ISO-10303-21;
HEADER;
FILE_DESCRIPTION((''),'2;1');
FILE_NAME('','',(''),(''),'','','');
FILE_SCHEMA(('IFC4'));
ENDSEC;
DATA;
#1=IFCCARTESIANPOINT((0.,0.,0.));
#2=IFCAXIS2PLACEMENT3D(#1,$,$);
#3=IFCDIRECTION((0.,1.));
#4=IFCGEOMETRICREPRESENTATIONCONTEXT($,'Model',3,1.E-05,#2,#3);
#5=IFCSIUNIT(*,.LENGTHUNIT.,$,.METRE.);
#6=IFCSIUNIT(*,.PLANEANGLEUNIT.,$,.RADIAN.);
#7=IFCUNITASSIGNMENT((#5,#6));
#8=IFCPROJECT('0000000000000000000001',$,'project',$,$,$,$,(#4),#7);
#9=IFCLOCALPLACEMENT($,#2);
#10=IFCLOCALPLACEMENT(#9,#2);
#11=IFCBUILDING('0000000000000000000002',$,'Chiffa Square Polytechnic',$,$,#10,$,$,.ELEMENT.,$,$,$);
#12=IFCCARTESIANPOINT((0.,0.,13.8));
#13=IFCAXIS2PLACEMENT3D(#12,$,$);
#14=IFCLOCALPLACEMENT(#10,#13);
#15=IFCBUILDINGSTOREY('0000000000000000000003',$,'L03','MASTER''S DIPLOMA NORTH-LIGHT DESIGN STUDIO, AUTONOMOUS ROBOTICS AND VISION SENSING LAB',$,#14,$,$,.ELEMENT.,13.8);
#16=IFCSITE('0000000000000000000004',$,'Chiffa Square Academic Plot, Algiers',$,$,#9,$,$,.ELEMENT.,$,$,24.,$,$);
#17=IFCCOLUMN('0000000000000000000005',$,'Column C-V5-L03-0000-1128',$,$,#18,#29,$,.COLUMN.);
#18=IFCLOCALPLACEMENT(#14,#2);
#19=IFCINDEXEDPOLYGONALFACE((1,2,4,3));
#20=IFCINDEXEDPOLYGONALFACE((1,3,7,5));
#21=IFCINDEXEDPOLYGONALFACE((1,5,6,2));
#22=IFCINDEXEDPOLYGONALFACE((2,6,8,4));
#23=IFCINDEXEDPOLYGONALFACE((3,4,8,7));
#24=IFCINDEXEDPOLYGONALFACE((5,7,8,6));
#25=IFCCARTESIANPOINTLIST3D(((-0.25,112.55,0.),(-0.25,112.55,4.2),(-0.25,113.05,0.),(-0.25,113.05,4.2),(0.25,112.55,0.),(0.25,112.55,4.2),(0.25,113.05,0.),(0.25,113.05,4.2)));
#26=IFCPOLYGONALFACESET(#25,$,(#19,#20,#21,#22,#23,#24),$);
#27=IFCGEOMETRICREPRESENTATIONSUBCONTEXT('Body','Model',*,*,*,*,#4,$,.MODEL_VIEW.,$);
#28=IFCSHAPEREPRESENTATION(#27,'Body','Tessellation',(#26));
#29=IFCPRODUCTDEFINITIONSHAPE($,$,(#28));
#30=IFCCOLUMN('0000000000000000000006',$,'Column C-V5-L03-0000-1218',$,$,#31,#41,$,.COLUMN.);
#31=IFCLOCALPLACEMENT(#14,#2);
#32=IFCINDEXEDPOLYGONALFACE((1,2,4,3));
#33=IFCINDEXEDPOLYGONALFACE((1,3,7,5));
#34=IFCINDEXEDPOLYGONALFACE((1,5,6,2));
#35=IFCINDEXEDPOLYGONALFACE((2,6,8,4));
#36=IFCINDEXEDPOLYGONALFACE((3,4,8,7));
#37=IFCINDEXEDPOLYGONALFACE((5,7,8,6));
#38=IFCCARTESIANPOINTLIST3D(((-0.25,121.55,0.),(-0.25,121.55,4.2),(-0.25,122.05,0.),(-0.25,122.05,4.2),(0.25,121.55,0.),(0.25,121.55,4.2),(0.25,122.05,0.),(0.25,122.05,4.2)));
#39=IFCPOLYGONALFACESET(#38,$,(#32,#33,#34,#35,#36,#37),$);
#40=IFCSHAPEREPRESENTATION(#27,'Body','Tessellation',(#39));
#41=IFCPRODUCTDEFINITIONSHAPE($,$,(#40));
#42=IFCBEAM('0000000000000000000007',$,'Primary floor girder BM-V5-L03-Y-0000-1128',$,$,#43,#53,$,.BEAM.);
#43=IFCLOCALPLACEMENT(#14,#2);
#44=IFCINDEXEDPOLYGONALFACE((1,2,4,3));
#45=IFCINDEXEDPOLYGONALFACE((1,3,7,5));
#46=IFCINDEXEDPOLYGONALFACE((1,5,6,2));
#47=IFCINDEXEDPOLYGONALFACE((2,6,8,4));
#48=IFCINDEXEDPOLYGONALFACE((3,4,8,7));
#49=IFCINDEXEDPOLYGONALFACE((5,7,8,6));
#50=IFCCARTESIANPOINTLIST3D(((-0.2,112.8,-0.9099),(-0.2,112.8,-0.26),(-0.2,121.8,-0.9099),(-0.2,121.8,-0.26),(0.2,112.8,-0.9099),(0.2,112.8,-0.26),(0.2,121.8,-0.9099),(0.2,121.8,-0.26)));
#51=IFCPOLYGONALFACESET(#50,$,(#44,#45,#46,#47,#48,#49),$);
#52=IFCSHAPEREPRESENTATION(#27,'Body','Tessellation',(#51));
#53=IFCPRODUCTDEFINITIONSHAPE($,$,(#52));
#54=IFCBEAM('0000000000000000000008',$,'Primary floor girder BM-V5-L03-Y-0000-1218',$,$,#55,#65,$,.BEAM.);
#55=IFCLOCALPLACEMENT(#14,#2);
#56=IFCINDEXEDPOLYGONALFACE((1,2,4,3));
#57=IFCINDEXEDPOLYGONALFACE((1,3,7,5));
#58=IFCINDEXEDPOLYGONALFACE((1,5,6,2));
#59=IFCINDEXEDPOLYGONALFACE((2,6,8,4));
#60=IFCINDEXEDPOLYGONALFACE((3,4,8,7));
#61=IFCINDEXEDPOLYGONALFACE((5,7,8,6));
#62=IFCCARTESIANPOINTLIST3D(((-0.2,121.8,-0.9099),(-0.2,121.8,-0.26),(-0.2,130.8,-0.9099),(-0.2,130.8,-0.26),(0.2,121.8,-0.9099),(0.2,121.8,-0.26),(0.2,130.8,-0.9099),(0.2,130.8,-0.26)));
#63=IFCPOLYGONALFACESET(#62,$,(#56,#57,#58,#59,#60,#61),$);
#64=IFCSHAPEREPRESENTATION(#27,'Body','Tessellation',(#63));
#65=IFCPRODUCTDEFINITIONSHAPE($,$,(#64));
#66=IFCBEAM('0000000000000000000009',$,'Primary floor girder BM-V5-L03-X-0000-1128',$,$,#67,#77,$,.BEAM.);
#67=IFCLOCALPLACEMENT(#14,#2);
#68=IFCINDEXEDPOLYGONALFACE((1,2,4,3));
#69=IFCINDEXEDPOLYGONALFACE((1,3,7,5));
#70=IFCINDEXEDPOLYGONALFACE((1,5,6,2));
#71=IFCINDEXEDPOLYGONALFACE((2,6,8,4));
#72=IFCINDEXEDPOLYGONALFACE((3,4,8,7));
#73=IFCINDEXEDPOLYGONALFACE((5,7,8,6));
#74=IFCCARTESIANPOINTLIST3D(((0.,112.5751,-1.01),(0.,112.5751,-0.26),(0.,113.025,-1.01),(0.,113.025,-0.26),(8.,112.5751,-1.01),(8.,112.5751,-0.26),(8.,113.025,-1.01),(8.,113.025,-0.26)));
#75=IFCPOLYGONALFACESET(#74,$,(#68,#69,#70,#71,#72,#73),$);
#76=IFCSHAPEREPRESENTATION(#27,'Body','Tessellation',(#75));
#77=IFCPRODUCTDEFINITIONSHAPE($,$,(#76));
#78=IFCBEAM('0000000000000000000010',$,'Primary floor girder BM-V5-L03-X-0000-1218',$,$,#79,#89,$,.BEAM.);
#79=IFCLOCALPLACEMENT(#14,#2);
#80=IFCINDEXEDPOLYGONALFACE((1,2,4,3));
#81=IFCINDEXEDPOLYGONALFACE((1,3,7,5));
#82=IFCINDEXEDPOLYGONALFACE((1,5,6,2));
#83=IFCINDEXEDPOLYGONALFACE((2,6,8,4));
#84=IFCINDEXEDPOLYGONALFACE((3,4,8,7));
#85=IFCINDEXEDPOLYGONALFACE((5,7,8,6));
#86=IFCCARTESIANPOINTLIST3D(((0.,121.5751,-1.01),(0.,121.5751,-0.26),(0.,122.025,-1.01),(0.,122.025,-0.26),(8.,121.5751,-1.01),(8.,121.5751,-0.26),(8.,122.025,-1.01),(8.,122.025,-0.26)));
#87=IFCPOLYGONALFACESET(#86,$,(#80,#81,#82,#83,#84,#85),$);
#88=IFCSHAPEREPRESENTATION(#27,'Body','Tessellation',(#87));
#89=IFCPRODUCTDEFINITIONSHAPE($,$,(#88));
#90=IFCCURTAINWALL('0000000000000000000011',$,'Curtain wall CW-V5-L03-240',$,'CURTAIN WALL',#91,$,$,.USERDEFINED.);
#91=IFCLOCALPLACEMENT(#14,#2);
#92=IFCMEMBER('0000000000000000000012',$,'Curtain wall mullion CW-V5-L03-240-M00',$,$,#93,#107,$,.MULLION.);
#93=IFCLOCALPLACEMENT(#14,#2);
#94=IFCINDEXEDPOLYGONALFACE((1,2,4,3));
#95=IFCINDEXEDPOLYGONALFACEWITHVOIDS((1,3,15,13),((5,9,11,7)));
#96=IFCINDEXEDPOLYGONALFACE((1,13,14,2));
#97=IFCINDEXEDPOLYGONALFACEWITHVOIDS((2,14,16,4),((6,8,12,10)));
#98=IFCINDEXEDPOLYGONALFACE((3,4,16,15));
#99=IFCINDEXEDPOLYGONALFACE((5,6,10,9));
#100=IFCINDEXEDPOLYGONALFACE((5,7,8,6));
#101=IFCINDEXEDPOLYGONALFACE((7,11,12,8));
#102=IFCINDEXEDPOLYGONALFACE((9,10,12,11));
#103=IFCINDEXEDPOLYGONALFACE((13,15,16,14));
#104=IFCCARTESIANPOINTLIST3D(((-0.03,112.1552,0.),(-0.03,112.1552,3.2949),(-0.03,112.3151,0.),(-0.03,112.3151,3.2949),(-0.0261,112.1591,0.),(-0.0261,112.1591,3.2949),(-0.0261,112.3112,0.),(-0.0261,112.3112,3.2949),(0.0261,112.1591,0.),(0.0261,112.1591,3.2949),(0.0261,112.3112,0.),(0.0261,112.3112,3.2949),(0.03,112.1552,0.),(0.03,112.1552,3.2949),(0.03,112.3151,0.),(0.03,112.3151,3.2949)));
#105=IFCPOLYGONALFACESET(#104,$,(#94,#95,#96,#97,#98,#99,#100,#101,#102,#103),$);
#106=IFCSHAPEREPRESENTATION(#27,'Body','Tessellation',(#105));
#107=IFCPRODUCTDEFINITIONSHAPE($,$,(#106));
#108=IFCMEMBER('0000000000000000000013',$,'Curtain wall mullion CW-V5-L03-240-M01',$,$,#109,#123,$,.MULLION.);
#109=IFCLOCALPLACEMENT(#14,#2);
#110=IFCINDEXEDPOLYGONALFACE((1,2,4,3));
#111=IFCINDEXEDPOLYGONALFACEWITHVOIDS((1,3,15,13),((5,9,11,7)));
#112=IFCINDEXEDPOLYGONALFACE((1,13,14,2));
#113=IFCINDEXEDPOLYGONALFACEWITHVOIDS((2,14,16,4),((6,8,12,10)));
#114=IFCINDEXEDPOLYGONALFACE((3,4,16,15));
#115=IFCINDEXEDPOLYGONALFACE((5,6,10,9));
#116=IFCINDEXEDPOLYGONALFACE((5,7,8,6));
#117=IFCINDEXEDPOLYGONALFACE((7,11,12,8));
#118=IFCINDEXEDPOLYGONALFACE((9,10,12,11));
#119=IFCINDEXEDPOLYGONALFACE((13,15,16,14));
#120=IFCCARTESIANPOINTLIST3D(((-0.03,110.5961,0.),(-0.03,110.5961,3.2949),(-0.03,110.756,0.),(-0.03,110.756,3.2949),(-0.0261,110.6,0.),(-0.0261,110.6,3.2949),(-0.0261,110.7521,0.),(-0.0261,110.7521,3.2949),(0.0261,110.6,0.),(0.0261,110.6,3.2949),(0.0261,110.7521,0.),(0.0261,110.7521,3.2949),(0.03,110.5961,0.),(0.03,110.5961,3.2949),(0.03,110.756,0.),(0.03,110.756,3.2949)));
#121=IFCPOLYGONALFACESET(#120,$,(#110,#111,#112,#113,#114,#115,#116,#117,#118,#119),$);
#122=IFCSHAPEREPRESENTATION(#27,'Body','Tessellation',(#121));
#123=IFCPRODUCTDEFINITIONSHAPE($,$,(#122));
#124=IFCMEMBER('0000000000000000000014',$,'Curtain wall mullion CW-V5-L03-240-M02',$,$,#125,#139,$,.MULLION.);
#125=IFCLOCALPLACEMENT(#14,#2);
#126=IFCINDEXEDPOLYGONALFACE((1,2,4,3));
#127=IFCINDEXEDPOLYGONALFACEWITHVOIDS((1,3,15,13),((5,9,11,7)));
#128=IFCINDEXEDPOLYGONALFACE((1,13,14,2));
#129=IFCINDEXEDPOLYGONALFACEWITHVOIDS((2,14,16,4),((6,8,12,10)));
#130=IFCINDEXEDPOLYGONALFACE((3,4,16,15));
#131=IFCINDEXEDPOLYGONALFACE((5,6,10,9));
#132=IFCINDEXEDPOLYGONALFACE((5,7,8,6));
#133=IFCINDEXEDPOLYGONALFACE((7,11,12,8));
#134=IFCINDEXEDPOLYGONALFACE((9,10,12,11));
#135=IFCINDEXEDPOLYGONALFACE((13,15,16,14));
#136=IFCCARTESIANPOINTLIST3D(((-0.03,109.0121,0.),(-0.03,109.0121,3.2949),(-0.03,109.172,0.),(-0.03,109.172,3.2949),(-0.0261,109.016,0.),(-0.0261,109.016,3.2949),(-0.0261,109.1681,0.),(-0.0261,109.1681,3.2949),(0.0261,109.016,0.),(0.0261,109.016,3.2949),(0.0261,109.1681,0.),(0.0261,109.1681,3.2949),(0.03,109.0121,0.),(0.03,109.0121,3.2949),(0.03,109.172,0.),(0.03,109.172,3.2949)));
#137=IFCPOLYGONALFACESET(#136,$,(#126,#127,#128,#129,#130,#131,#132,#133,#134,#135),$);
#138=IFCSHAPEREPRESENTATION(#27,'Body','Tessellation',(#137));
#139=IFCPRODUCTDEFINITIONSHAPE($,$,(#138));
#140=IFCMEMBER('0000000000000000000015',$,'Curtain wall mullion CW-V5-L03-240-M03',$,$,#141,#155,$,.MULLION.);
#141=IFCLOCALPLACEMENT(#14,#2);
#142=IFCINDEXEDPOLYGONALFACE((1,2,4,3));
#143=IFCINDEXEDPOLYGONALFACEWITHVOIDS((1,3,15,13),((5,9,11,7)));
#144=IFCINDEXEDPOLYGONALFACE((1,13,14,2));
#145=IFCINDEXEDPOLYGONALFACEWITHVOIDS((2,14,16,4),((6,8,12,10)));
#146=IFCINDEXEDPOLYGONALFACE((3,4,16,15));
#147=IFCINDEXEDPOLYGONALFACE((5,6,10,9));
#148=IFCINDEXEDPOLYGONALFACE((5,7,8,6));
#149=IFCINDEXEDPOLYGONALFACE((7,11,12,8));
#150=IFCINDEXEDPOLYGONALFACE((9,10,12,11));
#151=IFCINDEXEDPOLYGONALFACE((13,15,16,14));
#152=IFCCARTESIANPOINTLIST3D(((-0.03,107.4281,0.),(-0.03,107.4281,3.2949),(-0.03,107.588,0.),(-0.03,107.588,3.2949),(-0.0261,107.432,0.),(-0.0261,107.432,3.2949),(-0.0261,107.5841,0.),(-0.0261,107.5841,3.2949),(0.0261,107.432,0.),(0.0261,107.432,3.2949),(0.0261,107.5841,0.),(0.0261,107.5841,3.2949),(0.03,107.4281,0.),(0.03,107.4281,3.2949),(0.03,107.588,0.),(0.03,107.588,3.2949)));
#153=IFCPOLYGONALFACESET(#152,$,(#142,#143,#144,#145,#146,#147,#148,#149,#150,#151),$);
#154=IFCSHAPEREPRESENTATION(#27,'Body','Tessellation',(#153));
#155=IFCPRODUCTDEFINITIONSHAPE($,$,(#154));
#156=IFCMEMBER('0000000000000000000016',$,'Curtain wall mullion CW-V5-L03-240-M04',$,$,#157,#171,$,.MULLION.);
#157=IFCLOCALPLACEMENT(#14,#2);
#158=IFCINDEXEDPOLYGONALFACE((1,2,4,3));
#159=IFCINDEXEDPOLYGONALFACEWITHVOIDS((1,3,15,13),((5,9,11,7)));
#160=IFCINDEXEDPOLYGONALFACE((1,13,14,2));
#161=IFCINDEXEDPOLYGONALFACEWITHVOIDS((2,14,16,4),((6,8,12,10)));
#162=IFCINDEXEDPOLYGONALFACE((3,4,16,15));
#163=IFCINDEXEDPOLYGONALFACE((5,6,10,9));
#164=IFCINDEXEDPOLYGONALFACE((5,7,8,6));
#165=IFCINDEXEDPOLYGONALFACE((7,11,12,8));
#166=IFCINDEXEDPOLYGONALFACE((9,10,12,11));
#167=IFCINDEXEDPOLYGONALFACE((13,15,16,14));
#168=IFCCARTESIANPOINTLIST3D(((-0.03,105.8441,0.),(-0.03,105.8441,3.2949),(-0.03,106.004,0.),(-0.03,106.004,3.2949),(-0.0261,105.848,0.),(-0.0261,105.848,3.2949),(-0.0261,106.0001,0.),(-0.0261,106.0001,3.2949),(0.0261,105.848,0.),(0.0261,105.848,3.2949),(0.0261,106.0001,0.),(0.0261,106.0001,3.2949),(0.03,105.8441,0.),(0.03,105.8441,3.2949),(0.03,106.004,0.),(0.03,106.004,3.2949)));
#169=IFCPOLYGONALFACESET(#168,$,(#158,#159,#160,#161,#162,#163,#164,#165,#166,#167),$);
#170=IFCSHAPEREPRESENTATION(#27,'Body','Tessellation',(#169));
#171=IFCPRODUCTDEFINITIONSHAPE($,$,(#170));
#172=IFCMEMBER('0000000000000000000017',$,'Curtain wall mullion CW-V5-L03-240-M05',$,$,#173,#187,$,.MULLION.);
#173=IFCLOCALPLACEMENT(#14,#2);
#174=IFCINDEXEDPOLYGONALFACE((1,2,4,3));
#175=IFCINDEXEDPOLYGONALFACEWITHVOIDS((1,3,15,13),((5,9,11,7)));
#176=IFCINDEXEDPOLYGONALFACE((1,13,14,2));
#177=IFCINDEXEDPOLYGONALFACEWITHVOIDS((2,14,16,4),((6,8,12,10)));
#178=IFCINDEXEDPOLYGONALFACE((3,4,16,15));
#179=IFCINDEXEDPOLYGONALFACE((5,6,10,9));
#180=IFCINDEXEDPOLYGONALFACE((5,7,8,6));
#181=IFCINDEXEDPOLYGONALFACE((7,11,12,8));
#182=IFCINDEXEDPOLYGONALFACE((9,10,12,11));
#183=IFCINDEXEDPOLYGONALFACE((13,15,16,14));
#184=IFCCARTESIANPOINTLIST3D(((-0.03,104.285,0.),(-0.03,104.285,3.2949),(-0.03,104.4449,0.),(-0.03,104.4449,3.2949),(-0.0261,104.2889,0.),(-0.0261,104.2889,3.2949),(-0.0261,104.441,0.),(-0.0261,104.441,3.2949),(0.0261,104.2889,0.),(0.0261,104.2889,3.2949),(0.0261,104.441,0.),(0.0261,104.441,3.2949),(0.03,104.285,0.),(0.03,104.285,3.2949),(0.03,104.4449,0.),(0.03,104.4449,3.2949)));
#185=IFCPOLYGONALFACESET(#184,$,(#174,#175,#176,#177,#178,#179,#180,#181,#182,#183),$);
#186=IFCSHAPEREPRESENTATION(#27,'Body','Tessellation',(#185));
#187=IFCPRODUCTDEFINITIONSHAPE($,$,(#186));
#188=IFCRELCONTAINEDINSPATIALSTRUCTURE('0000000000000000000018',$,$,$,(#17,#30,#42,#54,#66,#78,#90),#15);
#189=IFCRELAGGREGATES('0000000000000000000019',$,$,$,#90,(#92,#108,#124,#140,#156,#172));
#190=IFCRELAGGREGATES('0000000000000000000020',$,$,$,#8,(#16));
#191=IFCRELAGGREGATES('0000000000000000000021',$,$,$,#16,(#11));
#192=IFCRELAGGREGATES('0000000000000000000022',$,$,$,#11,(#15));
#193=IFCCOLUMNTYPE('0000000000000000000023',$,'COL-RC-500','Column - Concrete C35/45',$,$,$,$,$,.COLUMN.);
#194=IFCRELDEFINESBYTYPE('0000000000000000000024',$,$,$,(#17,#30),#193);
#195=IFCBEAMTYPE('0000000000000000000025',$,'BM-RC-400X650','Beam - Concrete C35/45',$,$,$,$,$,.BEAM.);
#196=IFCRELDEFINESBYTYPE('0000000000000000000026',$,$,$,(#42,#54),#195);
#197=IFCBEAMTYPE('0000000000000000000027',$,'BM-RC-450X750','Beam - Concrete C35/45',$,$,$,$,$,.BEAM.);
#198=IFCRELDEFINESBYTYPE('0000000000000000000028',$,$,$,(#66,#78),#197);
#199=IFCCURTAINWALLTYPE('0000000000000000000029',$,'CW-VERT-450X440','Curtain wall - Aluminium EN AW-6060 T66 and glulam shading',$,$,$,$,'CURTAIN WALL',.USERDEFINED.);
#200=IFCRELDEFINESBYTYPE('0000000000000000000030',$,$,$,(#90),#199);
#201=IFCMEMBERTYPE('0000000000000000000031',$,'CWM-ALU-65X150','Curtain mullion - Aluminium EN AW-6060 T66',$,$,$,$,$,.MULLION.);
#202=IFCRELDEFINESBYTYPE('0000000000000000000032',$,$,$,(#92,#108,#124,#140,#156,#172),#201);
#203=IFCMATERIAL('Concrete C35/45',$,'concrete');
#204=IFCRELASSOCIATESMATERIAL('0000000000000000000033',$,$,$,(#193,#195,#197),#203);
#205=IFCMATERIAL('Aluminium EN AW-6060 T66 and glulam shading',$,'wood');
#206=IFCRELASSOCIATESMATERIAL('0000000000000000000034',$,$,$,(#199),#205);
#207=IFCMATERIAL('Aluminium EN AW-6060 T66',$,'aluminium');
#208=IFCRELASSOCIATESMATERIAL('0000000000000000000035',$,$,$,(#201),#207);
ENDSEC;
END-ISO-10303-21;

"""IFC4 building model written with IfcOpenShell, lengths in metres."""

from ifc_helpers import new_model, si_unit, direction, frame, origin, origin_2d, place, context, subcontext, project, spatial, rectangle, hollow_rectangle, extrude, material, material_profile, profile_set, type_object, element, aggregate, save


model = new_model("IFC4")

# Units and contexts
model_context = context("Model", 3, precision=1e-05, world=origin(), true_north=direction((0.0, 1.0)))
body_context = subcontext(model_context, "Body", "Model", "MODEL_VIEW")
ifc_project = project(units=[si_unit("LENGTHUNIT", "METRE"), si_unit("PLANEANGLEUNIT", "RADIAN")], contexts=[model_context])

# Site, building, storey
site_placement = place(None, origin())
site = spatial("IfcSite", under=ifc_project, at=site_placement, Name="Chiffa Square Academic Plot, Algiers", CompositionType="ELEMENT", RefElevation=24.0)
building_placement = place(site_placement, origin())
building = spatial("IfcBuilding", under=site, at=building_placement, Name="Chiffa Square Polytechnic", CompositionType="ELEMENT")
storey_placement = place(building_placement, frame((0.0, 0.0, 13.8)))
storey = spatial("IfcBuildingStorey", under=building, at=storey_placement, Name="L03", Description="MASTER'S DIPLOMA NORTH-LIGHT DESIGN STUDIO, AUTONOMOUS ROBOTICS AND VISION SENSING LAB", CompositionType="ELEMENT", Elevation=13.8)

# Columns
ifc_material_1 = material(Name="Concrete C35/45", Category="concrete")
ifc_material_profile_1 = material_profile(ifc_material_1, rectangle(XDim=0.5, YDim=0.5, at=origin_2d()), Name="RC 500x500")
ifc_profile_set_1 = profile_set([ifc_material_profile_1], Name="Concrete C35/45")
column_type = type_object("IfcColumnType", Name="COL-RC-500", Description="Column - Concrete C35/45", PredefinedType="COLUMN", material=ifc_profile_set_1)
for number, where, z_axis, x_axis, name in (
    (1, (0.0, 112.8, 0.0), (0.0, 0.0, 1.0), (1.0, 0.0, 0.0), "Column C-V5-L03-0000-1128"),
    (2, (0.0, 121.8, 0.0), (0.0, 0.0, 1.0), (1.0, 0.0, 0.0), "Column C-V5-L03-0000-1218"),
):
    element("IfcColumn", number, at=place(storey_placement, frame(where, z_axis=z_axis, x_axis=x_axis)), inside=storey, type_object=column_type, Name=name, PredefinedType="COLUMN", context=body_context, shape_type="SweptSolid", body=[
        extrude(rectangle(XDim=0.5, YDim=0.5, at=origin_2d()), origin(), (0.0, 0.0, 1.0), 4.2),
    ])

# Beams
ifc_material_profile_2 = material_profile(ifc_material_1, rectangle(XDim=0.3999, YDim=0.6499, at=origin_2d()), Name="RC 400x650")
ifc_profile_set_2 = profile_set([ifc_material_profile_2], Name="Concrete C35/45")
beam_type_1 = type_object("IfcBeamType", Name="BM-RC-400X650", Description="Beam - Concrete C35/45", PredefinedType="BEAM", material=ifc_profile_set_2)
for number, where, z_axis, x_axis, name in (
    (3, (0.0, 112.8, -0.585), (0.0, 1.0, 0.0), (-1.0, 0.0, 0.0), "Primary floor girder BM-V5-L03-Y-0000-1128"),
    (4, (0.0, 121.8, -0.585), (0.0, 1.0, 0.0), (-1.0, 0.0, 0.0), "Primary floor girder BM-V5-L03-Y-0000-1218"),
):
    element("IfcBeam", number, at=place(storey_placement, frame(where, z_axis=z_axis, x_axis=x_axis)), inside=storey, type_object=beam_type_1, Name=name, PredefinedType="BEAM", context=body_context, shape_type="SweptSolid", body=[
        extrude(rectangle(XDim=0.3999, YDim=0.6499, at=origin_2d()), origin(), (0.0, 0.0, 1.0), 9.0),
    ])
ifc_material_profile_3 = material_profile(ifc_material_1, rectangle(XDim=0.45, YDim=0.75, at=origin_2d()), Name="RC 450x750")
ifc_profile_set_3 = profile_set([ifc_material_profile_3], Name="Concrete C35/45")
beam_type_2 = type_object("IfcBeamType", Name="BM-RC-450X750", Description="Beam - Concrete C35/45", PredefinedType="BEAM", material=ifc_profile_set_3)
for number, where, z_axis, x_axis, name in (
    (5, (0.0, 112.8, -0.635), (1.0, 0.0, 0.0), (0.0, 1.0, 0.0), "Primary floor girder BM-V5-L03-X-0000-1128"),
    (6, (0.0, 121.8, -0.635), (1.0, 0.0, 0.0), (0.0, 1.0, 0.0), "Primary floor girder BM-V5-L03-X-0000-1218"),
):
    element("IfcBeam", number, at=place(storey_placement, frame(where, z_axis=z_axis, x_axis=x_axis)), inside=storey, type_object=beam_type_2, Name=name, PredefinedType="BEAM", context=body_context, shape_type="SweptSolid", body=[
        extrude(rectangle(XDim=0.45, YDim=0.75, at=origin_2d()), origin(), (0.0, 0.0, 1.0), 8.0),
    ])

# Curtain wall, members
ifc_material_2 = material(Name="Aluminium EN AW-6060 T66 and glulam shading", Category="wood")
curtain_wall_type = type_object("IfcCurtainWallType", Name="CW-VERT-450X440", Description="Curtain wall - Aluminium EN AW-6060 T66 and glulam shading", ElementType="CURTAIN WALL", PredefinedType="USERDEFINED", material=ifc_material_2)
curtain_wall_placement = place(storey_placement, origin())
curtain_wall = element("IfcCurtainWall", 7, at=curtain_wall_placement, inside=storey, type_object=curtain_wall_type, Name="Curtain wall CW-V5-L03-240", ObjectType="CURTAIN WALL", PredefinedType="USERDEFINED")
ifc_material_3 = material(Name="Aluminium EN AW-6060 T66", Category="aluminium")
ifc_material_profile_4 = material_profile(ifc_material_3, hollow_rectangle(XDim=0.0601, YDim=0.1599, WallThickness=0.0039, at=origin_2d()), Name="ALU 60x160x4")
ifc_profile_set_4 = profile_set([ifc_material_profile_4], Name="Aluminium EN AW-6060 T66")
member_type_1 = type_object("IfcMemberType", Name="CWM-ALU-65X150", Description="Curtain mullion - Aluminium EN AW-6060 T66", PredefinedType="MULLION", material=ifc_profile_set_4)
member_1_placement = place(storey_placement, frame((0.0, 112.2351, 0.0), z_axis=(0.0, 0.0, 1.0), x_axis=(1.0, 0.0, 0.0)))
member_1 = element("IfcMember", 8, at=member_1_placement, type_object=member_type_1, Name="Curtain wall mullion CW-V5-L03-240-M00", PredefinedType="MULLION", context=body_context, shape_type="SweptSolid", body=[
    extrude(hollow_rectangle(XDim=0.0601, YDim=0.1599, WallThickness=0.0039, at=origin_2d()), origin(), (0.0, 0.0, 1.0), 3.2949),
])
member_2_placement = place(storey_placement, frame((0.0, 110.676, 0.0), z_axis=(0.0, 0.0, 1.0), x_axis=(1.0, 0.0, 0.0)))
member_2 = element("IfcMember", 9, at=member_2_placement, type_object=member_type_1, Name="Curtain wall mullion CW-V5-L03-240-M01", PredefinedType="MULLION", context=body_context, shape_type="SweptSolid", body=[
    extrude(hollow_rectangle(XDim=0.0601, YDim=0.1599, WallThickness=0.0039, at=origin_2d()), origin(), (0.0, 0.0, 1.0), 3.2949),
])
member_3_placement = place(storey_placement, frame((0.0, 109.092, 0.0), z_axis=(0.0, 0.0, 1.0), x_axis=(1.0, 0.0, 0.0)))
member_3 = element("IfcMember", 10, at=member_3_placement, type_object=member_type_1, Name="Curtain wall mullion CW-V5-L03-240-M02", PredefinedType="MULLION", context=body_context, shape_type="SweptSolid", body=[
    extrude(hollow_rectangle(XDim=0.0601, YDim=0.1599, WallThickness=0.0039, at=origin_2d()), origin(), (0.0, 0.0, 1.0), 3.2949),
])
member_4_placement = place(storey_placement, frame((0.0, 107.5081, 0.0), z_axis=(0.0, 0.0, 1.0), x_axis=(1.0, 0.0, 0.0)))
member_4 = element("IfcMember", 11, at=member_4_placement, type_object=member_type_1, Name="Curtain wall mullion CW-V5-L03-240-M03", PredefinedType="MULLION", context=body_context, shape_type="SweptSolid", body=[
    extrude(hollow_rectangle(XDim=0.0601, YDim=0.1599, WallThickness=0.0039, at=origin_2d()), origin(), (0.0, 0.0, 1.0), 3.2949),
])
member_5_placement = place(storey_placement, frame((0.0, 105.9241, 0.0), z_axis=(0.0, 0.0, 1.0), x_axis=(1.0, 0.0, 0.0)))
member_5 = element("IfcMember", 12, at=member_5_placement, type_object=member_type_1, Name="Curtain wall mullion CW-V5-L03-240-M04", PredefinedType="MULLION", context=body_context, shape_type="SweptSolid", body=[
    extrude(hollow_rectangle(XDim=0.0601, YDim=0.1599, WallThickness=0.0039, at=origin_2d()), origin(), (0.0, 0.0, 1.0), 3.2949),
])
member_6_placement = place(storey_placement, frame((0.0, 104.365, 0.0), z_axis=(0.0, 0.0, 1.0), x_axis=(1.0, 0.0, 0.0)))
member_6 = element("IfcMember", 13, at=member_6_placement, type_object=member_type_1, Name="Curtain wall mullion CW-V5-L03-240-M05", PredefinedType="MULLION", context=body_context, shape_type="SweptSolid", body=[
    extrude(hollow_rectangle(XDim=0.0601, YDim=0.1599, WallThickness=0.0039, at=origin_2d()), origin(), (0.0, 0.0, 1.0), 3.2949),
])
aggregate(curtain_wall, [member_1, member_2, member_3, member_4, member_5, member_6])

save(model, "model.ifc")
